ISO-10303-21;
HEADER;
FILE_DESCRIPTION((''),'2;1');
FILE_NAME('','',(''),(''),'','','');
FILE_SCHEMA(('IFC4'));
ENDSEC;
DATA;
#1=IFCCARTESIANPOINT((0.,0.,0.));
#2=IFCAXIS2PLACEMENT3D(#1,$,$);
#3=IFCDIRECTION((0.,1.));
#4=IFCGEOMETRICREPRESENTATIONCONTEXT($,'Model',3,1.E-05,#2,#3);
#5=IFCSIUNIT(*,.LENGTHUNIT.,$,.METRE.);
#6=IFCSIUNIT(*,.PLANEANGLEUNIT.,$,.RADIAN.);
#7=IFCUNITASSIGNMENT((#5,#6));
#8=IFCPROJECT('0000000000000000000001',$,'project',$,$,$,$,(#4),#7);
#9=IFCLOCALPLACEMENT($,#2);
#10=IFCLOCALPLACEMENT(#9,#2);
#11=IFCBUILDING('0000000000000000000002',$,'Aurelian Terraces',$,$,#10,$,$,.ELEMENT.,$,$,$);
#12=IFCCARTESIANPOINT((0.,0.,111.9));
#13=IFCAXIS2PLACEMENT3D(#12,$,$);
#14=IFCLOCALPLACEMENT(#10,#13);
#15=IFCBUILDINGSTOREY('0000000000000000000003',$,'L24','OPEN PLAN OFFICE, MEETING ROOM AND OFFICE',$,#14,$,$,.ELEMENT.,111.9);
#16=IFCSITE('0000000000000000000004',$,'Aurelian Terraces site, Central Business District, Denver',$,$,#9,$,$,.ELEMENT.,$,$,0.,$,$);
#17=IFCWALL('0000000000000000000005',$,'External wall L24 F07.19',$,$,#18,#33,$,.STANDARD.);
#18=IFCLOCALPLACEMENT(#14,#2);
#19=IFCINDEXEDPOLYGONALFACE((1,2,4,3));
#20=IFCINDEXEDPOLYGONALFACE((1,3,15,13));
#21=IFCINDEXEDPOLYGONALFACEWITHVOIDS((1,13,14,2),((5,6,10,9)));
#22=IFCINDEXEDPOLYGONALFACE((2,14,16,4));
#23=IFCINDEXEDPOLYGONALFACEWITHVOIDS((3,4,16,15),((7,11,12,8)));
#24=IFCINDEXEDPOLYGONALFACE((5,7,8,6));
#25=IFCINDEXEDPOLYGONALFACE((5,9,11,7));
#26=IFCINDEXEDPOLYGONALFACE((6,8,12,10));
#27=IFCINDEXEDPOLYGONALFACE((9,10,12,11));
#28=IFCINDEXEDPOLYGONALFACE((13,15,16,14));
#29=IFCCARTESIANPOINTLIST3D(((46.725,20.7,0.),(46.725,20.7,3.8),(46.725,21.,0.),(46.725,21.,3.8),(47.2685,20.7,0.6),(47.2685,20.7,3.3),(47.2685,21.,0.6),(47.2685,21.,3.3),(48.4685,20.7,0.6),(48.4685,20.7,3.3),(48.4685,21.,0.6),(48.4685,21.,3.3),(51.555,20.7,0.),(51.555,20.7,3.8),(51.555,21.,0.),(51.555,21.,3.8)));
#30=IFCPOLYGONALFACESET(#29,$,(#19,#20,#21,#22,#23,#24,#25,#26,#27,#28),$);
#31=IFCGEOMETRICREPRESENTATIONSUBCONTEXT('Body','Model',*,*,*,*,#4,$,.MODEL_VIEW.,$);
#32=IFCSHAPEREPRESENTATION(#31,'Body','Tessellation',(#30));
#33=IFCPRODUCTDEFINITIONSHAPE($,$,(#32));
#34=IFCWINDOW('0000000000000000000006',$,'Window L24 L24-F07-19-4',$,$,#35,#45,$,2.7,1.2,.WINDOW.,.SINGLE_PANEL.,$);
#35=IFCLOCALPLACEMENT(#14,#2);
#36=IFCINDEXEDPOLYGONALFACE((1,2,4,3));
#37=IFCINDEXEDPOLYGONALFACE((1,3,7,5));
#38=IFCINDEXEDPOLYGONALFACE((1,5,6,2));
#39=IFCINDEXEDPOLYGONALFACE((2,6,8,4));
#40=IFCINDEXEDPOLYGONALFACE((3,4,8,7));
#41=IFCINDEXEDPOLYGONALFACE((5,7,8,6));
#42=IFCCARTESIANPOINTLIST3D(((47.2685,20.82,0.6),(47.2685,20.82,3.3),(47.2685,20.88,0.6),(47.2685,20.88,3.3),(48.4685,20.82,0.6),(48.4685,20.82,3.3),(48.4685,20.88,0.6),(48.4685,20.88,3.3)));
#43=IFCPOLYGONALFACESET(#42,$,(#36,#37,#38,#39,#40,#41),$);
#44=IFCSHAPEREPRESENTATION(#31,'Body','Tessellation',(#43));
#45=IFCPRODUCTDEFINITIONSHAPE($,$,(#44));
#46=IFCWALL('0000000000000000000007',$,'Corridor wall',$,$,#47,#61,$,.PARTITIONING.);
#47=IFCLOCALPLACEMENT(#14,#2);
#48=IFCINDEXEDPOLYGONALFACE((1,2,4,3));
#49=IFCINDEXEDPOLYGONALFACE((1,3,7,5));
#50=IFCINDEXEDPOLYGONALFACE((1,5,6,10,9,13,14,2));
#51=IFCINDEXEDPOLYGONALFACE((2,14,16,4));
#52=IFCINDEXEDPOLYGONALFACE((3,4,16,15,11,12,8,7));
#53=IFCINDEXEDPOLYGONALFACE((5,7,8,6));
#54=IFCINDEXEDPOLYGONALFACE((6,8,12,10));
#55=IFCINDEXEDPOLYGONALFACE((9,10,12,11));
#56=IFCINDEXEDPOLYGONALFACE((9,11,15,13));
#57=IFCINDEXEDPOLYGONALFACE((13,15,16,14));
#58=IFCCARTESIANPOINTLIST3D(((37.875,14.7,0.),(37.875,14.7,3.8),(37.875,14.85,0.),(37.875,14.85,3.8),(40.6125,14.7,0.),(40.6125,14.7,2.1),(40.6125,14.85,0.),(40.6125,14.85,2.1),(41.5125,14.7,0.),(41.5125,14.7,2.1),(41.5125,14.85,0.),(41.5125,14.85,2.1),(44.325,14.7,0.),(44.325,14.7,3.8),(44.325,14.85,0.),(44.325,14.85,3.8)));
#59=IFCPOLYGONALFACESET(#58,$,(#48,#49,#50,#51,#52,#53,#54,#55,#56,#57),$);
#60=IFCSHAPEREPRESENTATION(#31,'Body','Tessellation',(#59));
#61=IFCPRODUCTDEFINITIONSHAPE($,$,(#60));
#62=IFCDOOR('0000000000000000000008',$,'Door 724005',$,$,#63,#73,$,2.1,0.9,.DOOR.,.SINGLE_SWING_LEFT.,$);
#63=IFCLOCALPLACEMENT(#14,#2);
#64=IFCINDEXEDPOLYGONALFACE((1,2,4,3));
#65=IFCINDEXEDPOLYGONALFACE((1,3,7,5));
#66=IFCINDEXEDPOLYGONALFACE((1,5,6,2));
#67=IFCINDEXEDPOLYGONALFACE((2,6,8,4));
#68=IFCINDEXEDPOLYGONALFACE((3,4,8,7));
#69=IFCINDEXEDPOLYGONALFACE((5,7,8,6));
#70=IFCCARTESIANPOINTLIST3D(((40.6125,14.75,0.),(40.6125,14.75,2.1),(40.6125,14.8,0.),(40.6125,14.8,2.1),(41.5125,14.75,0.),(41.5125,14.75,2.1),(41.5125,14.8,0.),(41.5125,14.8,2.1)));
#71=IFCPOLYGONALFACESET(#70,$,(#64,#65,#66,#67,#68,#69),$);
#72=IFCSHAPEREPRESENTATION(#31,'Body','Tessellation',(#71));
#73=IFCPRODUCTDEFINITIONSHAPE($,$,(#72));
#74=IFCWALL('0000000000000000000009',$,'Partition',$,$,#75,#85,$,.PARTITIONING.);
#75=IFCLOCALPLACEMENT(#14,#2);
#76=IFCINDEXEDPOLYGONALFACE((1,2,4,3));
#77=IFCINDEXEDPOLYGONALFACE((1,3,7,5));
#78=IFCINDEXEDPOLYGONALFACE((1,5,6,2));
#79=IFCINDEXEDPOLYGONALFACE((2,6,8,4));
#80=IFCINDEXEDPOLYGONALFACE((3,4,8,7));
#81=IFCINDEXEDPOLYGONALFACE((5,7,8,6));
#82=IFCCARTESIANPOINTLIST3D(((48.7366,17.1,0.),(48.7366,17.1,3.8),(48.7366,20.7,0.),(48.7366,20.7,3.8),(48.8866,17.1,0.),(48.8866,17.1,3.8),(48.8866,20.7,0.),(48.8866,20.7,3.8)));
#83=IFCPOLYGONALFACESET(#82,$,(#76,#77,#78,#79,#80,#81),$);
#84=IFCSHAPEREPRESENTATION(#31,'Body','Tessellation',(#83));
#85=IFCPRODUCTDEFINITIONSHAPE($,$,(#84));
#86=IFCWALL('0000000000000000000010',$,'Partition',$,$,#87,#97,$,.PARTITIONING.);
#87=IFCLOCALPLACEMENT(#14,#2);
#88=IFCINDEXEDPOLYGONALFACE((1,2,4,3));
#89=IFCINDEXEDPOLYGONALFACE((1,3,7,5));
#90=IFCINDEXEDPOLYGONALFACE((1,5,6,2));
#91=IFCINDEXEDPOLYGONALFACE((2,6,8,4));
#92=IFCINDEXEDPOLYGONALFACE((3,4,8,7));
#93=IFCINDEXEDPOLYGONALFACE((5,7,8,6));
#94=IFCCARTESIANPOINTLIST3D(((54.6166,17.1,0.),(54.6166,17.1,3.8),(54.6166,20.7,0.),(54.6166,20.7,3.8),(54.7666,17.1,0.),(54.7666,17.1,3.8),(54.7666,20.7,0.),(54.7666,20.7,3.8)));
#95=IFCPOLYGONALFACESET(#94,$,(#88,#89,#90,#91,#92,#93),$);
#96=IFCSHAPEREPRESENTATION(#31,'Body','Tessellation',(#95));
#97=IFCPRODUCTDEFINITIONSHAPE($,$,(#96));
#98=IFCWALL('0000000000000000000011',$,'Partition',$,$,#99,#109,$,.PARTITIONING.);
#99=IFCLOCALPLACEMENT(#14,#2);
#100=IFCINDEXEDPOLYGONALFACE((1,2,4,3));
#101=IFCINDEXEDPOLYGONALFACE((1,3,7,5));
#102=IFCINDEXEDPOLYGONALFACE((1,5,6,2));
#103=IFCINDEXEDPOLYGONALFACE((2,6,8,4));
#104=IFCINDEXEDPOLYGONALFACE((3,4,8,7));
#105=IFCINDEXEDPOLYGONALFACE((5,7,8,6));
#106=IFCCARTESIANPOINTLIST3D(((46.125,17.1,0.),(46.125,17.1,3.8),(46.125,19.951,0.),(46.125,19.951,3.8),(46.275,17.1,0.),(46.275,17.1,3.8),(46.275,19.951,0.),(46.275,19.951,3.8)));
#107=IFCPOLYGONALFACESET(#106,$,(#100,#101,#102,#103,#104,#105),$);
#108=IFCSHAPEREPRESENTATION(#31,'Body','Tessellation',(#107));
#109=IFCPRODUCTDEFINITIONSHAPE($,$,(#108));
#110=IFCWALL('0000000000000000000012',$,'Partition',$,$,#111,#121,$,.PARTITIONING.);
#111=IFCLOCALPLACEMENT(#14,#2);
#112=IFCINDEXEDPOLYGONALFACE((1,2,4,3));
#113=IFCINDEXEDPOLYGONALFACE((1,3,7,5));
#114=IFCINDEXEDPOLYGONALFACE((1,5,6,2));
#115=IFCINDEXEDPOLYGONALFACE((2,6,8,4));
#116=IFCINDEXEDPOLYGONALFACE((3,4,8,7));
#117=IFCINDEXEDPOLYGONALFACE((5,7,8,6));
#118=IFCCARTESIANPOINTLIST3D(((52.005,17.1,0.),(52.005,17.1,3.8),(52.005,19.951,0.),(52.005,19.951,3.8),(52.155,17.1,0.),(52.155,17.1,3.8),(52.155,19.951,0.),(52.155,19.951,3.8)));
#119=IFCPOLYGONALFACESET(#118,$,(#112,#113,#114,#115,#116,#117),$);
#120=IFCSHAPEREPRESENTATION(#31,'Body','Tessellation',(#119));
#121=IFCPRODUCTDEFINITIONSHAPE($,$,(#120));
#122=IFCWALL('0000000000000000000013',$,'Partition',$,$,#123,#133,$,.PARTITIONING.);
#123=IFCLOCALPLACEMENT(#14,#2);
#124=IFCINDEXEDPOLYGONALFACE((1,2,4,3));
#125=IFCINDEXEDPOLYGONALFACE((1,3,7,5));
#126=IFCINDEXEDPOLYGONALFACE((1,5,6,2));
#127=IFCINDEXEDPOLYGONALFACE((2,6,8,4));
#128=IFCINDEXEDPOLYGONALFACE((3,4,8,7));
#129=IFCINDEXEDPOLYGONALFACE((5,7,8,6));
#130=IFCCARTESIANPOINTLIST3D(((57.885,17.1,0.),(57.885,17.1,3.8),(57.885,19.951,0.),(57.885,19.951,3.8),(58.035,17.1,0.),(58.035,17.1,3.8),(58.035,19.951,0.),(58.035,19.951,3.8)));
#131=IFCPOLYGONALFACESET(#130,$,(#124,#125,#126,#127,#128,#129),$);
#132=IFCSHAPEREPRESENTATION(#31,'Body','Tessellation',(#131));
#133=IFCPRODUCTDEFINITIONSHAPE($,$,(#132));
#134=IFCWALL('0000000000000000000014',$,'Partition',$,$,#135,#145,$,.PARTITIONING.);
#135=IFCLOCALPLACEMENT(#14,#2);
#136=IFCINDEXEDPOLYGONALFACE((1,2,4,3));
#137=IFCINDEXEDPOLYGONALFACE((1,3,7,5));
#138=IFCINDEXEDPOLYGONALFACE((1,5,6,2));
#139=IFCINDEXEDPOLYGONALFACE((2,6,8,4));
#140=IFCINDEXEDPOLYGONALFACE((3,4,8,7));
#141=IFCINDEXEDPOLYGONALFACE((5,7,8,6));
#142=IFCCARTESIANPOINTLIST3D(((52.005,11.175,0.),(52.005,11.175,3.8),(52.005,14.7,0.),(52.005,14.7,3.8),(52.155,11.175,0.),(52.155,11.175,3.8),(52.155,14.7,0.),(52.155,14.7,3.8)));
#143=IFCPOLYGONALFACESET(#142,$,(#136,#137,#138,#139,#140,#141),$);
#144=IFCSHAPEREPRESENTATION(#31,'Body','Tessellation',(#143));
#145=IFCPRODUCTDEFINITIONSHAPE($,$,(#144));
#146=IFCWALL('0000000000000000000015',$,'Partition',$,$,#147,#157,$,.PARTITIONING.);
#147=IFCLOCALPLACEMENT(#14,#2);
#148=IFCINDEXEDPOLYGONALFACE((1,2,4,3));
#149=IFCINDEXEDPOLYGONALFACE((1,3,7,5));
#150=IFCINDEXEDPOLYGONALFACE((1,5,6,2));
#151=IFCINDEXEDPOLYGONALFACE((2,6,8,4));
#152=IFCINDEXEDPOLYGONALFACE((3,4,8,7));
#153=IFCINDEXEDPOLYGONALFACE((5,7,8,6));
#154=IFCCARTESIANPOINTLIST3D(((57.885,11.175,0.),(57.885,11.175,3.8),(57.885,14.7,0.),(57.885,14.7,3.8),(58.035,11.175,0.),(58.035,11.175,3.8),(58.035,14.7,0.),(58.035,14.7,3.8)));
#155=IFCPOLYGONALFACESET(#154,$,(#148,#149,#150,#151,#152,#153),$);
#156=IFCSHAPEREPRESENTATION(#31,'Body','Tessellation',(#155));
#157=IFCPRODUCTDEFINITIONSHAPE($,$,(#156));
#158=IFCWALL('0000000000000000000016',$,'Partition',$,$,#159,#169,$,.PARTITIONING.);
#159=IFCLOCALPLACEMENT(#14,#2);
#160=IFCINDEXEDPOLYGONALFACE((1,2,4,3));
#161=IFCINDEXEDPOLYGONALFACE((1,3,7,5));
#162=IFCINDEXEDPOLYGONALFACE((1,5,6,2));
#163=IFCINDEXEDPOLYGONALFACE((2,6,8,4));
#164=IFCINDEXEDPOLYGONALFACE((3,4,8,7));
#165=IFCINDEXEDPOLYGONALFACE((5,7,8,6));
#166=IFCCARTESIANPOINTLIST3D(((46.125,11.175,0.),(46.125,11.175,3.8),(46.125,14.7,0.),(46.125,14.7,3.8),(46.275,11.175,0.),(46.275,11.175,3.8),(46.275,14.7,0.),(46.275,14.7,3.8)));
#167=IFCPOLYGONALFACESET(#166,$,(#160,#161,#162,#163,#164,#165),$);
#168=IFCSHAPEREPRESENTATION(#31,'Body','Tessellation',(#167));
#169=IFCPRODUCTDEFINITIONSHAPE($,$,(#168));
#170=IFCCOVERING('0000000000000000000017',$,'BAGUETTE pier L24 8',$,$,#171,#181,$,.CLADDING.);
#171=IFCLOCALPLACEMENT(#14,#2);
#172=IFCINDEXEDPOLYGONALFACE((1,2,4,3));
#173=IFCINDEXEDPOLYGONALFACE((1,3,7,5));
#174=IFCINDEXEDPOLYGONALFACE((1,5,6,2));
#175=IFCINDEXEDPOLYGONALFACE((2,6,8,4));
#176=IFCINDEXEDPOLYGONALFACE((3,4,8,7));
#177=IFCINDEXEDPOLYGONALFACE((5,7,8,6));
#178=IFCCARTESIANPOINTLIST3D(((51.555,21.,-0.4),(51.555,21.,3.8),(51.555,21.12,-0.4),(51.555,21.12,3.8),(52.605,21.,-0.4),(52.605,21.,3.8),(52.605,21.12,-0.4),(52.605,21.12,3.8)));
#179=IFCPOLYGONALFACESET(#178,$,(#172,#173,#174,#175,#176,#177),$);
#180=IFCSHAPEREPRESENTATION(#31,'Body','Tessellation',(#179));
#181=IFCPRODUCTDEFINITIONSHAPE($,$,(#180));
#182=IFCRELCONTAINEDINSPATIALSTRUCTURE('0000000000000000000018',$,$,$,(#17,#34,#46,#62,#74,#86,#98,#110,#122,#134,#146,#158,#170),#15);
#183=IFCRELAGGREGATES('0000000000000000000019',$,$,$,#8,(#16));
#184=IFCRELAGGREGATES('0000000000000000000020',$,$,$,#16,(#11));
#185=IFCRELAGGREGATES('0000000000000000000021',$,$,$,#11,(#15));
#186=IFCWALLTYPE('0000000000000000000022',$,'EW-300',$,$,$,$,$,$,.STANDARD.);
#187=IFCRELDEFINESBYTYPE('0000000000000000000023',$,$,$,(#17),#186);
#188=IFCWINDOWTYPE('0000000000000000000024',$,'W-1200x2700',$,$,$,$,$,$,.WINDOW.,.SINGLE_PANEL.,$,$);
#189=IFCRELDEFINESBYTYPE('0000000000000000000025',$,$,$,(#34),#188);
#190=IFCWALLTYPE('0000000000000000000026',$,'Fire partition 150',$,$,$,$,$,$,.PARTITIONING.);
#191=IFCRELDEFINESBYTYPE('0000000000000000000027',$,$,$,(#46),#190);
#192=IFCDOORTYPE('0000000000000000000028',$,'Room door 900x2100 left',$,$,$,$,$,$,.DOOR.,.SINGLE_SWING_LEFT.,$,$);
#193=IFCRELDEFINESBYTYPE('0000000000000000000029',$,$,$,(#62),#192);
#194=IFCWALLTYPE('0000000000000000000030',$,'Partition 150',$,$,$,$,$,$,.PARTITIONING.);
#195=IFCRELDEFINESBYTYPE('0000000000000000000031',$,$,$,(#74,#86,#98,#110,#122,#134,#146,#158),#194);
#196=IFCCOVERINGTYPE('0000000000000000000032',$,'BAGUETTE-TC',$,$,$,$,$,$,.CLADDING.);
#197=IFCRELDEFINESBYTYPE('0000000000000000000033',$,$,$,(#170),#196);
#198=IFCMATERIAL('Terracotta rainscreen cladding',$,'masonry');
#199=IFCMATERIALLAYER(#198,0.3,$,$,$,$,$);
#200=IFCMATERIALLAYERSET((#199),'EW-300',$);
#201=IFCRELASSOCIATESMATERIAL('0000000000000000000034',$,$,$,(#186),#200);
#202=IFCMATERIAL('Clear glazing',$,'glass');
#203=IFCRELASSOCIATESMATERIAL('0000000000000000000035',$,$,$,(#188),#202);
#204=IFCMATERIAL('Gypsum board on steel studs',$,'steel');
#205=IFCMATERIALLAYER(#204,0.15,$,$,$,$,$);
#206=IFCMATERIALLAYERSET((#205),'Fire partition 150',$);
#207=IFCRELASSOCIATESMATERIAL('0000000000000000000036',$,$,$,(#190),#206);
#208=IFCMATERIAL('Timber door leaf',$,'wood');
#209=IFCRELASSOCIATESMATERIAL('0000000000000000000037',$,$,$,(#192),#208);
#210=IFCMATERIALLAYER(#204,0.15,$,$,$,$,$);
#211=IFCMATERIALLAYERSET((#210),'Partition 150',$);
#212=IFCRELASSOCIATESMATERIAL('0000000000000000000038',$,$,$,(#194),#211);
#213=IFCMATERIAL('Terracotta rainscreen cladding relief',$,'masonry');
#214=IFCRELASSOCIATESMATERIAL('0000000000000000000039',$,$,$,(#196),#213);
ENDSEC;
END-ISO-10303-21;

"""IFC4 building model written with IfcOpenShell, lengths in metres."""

from ifc_helpers import new_model, si_unit, direction, frame, frame_2d, origin, origin_2d, place, context, subcontext, project, spatial, rectangle, extrude, source, transform, mapped, material, layer, layer_set, type_object, element, fill, save


model = new_model("IFC4")

# Units and contexts
model_context = context("Model", 3, precision=1e-05, world=origin(), true_north=direction((0.0, 1.0)))
body_context = subcontext(model_context, "Body", "Model", "MODEL_VIEW")
ifc_project = project(units=[si_unit("LENGTHUNIT", "METRE"), si_unit("PLANEANGLEUNIT", "RADIAN")], contexts=[model_context])

# Site, building, storey
site_placement = place(None, origin())
site = spatial("IfcSite", under=ifc_project, at=site_placement, Name="Aurelian Terraces site, Central Business District, Denver", CompositionType="ELEMENT", RefElevation=0.0)
building_placement = place(site_placement, origin())
building = spatial("IfcBuilding", under=site, at=building_placement, Name="Aurelian Terraces", CompositionType="ELEMENT")
storey_placement = place(building_placement, frame((0.0, 0.0, 111.9)))
storey = spatial("IfcBuildingStorey", under=building, at=storey_placement, Name="L24", Description="OPEN PLAN OFFICE, MEETING ROOM AND OFFICE", CompositionType="ELEMENT", Elevation=111.9)

# Shared definitions
ifc_material_1 = material(Name="Clear glazing", Category="glass")

# Shared definitions
ifc_material_2 = material(Name="Terracotta rainscreen cladding", Category="masonry")
ifc_layer_1 = layer(ifc_material_2, 0.3)
ifc_layer_set_1 = layer_set([ifc_layer_1], Name="EW-300")
wall_type_1 = type_object("IfcWallType", Name="EW-300", PredefinedType="STANDARD", material=ifc_layer_set_1)
shared_shape_1 = source(origin(), body_context, "Body", "SweptSolid", [
    extrude(rectangle(XDim=1.2, YDim=2.7, at=frame_2d((0.6, 1.35))), frame((0.0, 0.16, 0.0), z_axis=(0.0, -1.0, 0.0), x_axis=(1.0, 0.0, 0.0)), (0.0, 0.0, 1.0), 0.32),
])
window_type_1 = type_object("IfcWindowType", Name="W-1200x2700", PartitioningType="SINGLE_PANEL", PredefinedType="WINDOW", material=ifc_material_1)
shared_shape_2 = source(origin(), body_context, "Body", "SweptSolid", [
    extrude(rectangle(XDim=1.2, YDim=2.7, at=frame_2d((0.6, 1.35))), frame((0.0, 0.03, 0.0), z_axis=(0.0, -1.0, 0.0), x_axis=(1.0, 0.0, 0.0)), (0.0, 0.0, 1.0), 0.06),
])

# Shared definitions
shared_shape_3 = source(origin(), body_context, "Body", "SweptSolid", [
    extrude(rectangle(XDim=4.83, YDim=0.3, at=frame_2d((2.415, 0.0))), origin(), (0.0, 0.0, 1.0), 3.8),
])
ifc_material_3 = material(Name="Timber door leaf", Category="wood")

# Wall, opening, window
wall_1_placement = place(storey_placement, frame((51.555, 20.85, 0.0), z_axis=(0.0, 0.0, 1.0), x_axis=(-1.0, 0.0, 0.0)))
wall_1 = element("IfcWall", 1, at=wall_1_placement, inside=storey, type_object=wall_type_1, Name="External wall L24 F07.19", PredefinedType="STANDARD", context=body_context, shape_type="MappedRepresentation", body=[
    mapped(shared_shape_3, transform((0.0, 0.0, 0.0), scale=1.0)),
])
opening_1_placement = place(wall_1_placement, frame((3.0865, 0.0, 0.6)))
opening_1 = element("IfcOpeningElement", 2, at=opening_1_placement, cuts=wall_1, PredefinedType="OPENING", context=body_context, shape_type="MappedRepresentation", body=[
    mapped(shared_shape_1, transform((0.0, 0.0, 0.0), scale=1.0)),
])
window_1_placement = place(opening_1_placement, origin())
window_1 = element("IfcWindow", 3, at=window_1_placement, inside=storey, type_object=window_type_1, Name="Window L24 L24-F07-19-4", OverallHeight=2.7, OverallWidth=1.2, PartitioningType="SINGLE_PANEL", PredefinedType="WINDOW", context=body_context, shape_type="MappedRepresentation", body=[
    mapped(shared_shape_2, transform((0.0, 0.0, 0.0), scale=1.0)),
])
fill(opening_1, window_1)

# Wall, opening, door
ifc_material_4 = material(Name="Gypsum board on steel studs", Category="steel")
ifc_layer_2 = layer(ifc_material_4, 0.15)
ifc_layer_set_2 = layer_set([ifc_layer_2], Name="Fire partition 150")
wall_type_2 = type_object("IfcWallType", Name="Fire partition 150", PredefinedType="PARTITIONING", material=ifc_layer_set_2)
shared_shape_4 = source(origin(), body_context, "Body", "SweptSolid", [
    extrude(rectangle(XDim=6.45, YDim=0.15, at=frame_2d((3.225, 0.0))), origin(), (0.0, 0.0, 1.0), 3.8),
])
wall_2_placement = place(storey_placement, frame((44.325, 14.775, 0.0), z_axis=(0.0, 0.0, 1.0), x_axis=(-1.0, 0.0, 0.0)))
wall_2 = element("IfcWall", 4, at=wall_2_placement, inside=storey, type_object=wall_type_2, Name="Corridor wall", PredefinedType="PARTITIONING", context=body_context, shape_type="MappedRepresentation", body=[
    mapped(shared_shape_4, transform((0.0, 0.0, 0.0), scale=1.0)),
])
shared_shape_5 = source(origin(), body_context, "Body", "SweptSolid", [
    extrude(rectangle(XDim=0.9, YDim=2.1, at=frame_2d((0.45, 1.05))), frame((0.0, 0.085, 0.0), z_axis=(0.0, -1.0, 0.0), x_axis=(1.0, 0.0, 0.0)), (0.0, 0.0, 1.0), 0.17),
])
opening_2_placement = place(wall_2_placement, frame((2.8125, 0.0, 0.0)))
opening_2 = element("IfcOpeningElement", 5, at=opening_2_placement, cuts=wall_2, PredefinedType="OPENING", context=body_context, shape_type="MappedRepresentation", body=[
    mapped(shared_shape_5, transform((0.0, 0.0, 0.0), scale=1.0)),
])
door_type_1 = type_object("IfcDoorType", Name="Room door 900x2100 left", OperationType="SINGLE_SWING_LEFT", PredefinedType="DOOR", material=ifc_material_3)
shared_shape_6 = source(origin(), body_context, "Body", "SweptSolid", [
    extrude(rectangle(XDim=0.9, YDim=2.1, at=frame_2d((0.45, 1.05))), frame((0.0, 0.025, 0.0), z_axis=(0.0, -1.0, 0.0), x_axis=(1.0, 0.0, 0.0)), (0.0, 0.0, 1.0), 0.05),
])
door_1_placement = place(opening_2_placement, origin())
door_1 = element("IfcDoor", 6, at=door_1_placement, inside=storey, type_object=door_type_1, Name="Door 724005", OperationType="SINGLE_SWING_LEFT", OverallHeight=2.1, OverallWidth=0.9, PredefinedType="DOOR", context=body_context, shape_type="MappedRepresentation", body=[
    mapped(shared_shape_6, transform((0.0, 0.0, 0.0), scale=1.0)),
])
fill(opening_2, door_1)

# Walls
ifc_layer_3 = layer(ifc_material_4, 0.15)
ifc_layer_set_3 = layer_set([ifc_layer_3], Name="Partition 150")
wall_type_3 = type_object("IfcWallType", Name="Partition 150", PredefinedType="PARTITIONING", material=ifc_layer_set_3)
shared_shape_7 = source(origin(), body_context, "Body", "SweptSolid", [
    extrude(rectangle(XDim=3.6, YDim=0.15, at=frame_2d((1.8, 0.0))), origin(), (0.0, 0.0, 1.0), 3.8),
])
for number, where, z_axis, x_axis, name in (
    (7, (48.8116, 20.7, 0.0), (0.0, 0.0, 1.0), (0.0, -1.0, 0.0), "Partition"),
    (8, (54.6916, 20.7, 0.0), (0.0, 0.0, 1.0), (0.0, -1.0, 0.0), "Partition"),
):
    element("IfcWall", number, at=place(storey_placement, frame(where, z_axis=z_axis, x_axis=x_axis)), inside=storey, type_object=wall_type_3, Name=name, PredefinedType="PARTITIONING", context=body_context, shape_type="MappedRepresentation", body=[
        mapped(shared_shape_7, transform((0.0, 0.0, 0.0), scale=1.0)),
    ])
shared_shape_8 = source(origin(), body_context, "Body", "SweptSolid", [
    extrude(rectangle(XDim=2.851, YDim=0.15, at=frame_2d((1.4255, 0.0))), origin(), (0.0, 0.0, 1.0), 3.8),
])
for number, where, z_axis, x_axis, name in (
    (9, (46.2, 17.1, 0.0), (0.0, 0.0, 1.0), (0.0, 1.0, 0.0), "Partition"),
    (10, (52.08, 17.1, 0.0), (0.0, 0.0, 1.0), (0.0, 1.0, 0.0), "Partition"),
    (11, (57.96, 17.1, 0.0), (0.0, 0.0, 1.0), (0.0, 1.0, 0.0), "Partition"),
):
    element("IfcWall", number, at=place(storey_placement, frame(where, z_axis=z_axis, x_axis=x_axis)), inside=storey, type_object=wall_type_3, Name=name, PredefinedType="PARTITIONING", context=body_context, shape_type="MappedRepresentation", body=[
        mapped(shared_shape_8, transform((0.0, 0.0, 0.0), scale=1.0)),
    ])
shared_shape_9 = source(origin(), body_context, "Body", "SweptSolid", [
    extrude(rectangle(XDim=3.525, YDim=0.15, at=frame_2d((1.7625, 0.0))), origin(), (0.0, 0.0, 1.0), 3.8),
])
for number, where, z_axis, x_axis, name in (
    (12, (52.08, 11.175, 0.0), (0.0, 0.0, 1.0), (0.0, 1.0, 0.0), "Partition"),
    (13, (57.96, 11.175, 0.0), (0.0, 0.0, 1.0), (0.0, 1.0, 0.0), "Partition"),
    (14, (46.2, 11.175, 0.0), (0.0, 0.0, 1.0), (0.0, 1.0, 0.0), "Partition"),
):
    element("IfcWall", number, at=place(storey_placement, frame(where, z_axis=z_axis, x_axis=x_axis)), inside=storey, type_object=wall_type_3, Name=name, PredefinedType="PARTITIONING", context=body_context, shape_type="MappedRepresentation", body=[
        mapped(shared_shape_9, transform((0.0, 0.0, 0.0), scale=1.0)),
    ])

# Covering
ifc_material_5 = material(Name="Terracotta rainscreen cladding relief", Category="masonry")
covering_type = type_object("IfcCoveringType", Name="BAGUETTE-TC", PredefinedType="CLADDING", material=ifc_material_5)
shared_shape_10 = source(origin(), body_context, "Body", "SweptSolid", [
    extrude(rectangle(XDim=1.05, YDim=0.12, at=origin_2d()), origin(), (0.0, 0.0, 1.0), 4.2),
])
covering_placement = place(storey_placement, frame((52.08, 21.06, -0.4), z_axis=(0.0, 0.0, 1.0), x_axis=(1.0, 0.0, 0.0)))
element("IfcCovering", 15, at=covering_placement, inside=storey, type_object=covering_type, Name="BAGUETTE pier L24 8", PredefinedType="CLADDING", context=body_context, shape_type="MappedRepresentation", body=[
    mapped(shared_shape_10, transform((0.0, 0.0, 0.0), scale=1.0)),
])

save(model, "model.ifc")
